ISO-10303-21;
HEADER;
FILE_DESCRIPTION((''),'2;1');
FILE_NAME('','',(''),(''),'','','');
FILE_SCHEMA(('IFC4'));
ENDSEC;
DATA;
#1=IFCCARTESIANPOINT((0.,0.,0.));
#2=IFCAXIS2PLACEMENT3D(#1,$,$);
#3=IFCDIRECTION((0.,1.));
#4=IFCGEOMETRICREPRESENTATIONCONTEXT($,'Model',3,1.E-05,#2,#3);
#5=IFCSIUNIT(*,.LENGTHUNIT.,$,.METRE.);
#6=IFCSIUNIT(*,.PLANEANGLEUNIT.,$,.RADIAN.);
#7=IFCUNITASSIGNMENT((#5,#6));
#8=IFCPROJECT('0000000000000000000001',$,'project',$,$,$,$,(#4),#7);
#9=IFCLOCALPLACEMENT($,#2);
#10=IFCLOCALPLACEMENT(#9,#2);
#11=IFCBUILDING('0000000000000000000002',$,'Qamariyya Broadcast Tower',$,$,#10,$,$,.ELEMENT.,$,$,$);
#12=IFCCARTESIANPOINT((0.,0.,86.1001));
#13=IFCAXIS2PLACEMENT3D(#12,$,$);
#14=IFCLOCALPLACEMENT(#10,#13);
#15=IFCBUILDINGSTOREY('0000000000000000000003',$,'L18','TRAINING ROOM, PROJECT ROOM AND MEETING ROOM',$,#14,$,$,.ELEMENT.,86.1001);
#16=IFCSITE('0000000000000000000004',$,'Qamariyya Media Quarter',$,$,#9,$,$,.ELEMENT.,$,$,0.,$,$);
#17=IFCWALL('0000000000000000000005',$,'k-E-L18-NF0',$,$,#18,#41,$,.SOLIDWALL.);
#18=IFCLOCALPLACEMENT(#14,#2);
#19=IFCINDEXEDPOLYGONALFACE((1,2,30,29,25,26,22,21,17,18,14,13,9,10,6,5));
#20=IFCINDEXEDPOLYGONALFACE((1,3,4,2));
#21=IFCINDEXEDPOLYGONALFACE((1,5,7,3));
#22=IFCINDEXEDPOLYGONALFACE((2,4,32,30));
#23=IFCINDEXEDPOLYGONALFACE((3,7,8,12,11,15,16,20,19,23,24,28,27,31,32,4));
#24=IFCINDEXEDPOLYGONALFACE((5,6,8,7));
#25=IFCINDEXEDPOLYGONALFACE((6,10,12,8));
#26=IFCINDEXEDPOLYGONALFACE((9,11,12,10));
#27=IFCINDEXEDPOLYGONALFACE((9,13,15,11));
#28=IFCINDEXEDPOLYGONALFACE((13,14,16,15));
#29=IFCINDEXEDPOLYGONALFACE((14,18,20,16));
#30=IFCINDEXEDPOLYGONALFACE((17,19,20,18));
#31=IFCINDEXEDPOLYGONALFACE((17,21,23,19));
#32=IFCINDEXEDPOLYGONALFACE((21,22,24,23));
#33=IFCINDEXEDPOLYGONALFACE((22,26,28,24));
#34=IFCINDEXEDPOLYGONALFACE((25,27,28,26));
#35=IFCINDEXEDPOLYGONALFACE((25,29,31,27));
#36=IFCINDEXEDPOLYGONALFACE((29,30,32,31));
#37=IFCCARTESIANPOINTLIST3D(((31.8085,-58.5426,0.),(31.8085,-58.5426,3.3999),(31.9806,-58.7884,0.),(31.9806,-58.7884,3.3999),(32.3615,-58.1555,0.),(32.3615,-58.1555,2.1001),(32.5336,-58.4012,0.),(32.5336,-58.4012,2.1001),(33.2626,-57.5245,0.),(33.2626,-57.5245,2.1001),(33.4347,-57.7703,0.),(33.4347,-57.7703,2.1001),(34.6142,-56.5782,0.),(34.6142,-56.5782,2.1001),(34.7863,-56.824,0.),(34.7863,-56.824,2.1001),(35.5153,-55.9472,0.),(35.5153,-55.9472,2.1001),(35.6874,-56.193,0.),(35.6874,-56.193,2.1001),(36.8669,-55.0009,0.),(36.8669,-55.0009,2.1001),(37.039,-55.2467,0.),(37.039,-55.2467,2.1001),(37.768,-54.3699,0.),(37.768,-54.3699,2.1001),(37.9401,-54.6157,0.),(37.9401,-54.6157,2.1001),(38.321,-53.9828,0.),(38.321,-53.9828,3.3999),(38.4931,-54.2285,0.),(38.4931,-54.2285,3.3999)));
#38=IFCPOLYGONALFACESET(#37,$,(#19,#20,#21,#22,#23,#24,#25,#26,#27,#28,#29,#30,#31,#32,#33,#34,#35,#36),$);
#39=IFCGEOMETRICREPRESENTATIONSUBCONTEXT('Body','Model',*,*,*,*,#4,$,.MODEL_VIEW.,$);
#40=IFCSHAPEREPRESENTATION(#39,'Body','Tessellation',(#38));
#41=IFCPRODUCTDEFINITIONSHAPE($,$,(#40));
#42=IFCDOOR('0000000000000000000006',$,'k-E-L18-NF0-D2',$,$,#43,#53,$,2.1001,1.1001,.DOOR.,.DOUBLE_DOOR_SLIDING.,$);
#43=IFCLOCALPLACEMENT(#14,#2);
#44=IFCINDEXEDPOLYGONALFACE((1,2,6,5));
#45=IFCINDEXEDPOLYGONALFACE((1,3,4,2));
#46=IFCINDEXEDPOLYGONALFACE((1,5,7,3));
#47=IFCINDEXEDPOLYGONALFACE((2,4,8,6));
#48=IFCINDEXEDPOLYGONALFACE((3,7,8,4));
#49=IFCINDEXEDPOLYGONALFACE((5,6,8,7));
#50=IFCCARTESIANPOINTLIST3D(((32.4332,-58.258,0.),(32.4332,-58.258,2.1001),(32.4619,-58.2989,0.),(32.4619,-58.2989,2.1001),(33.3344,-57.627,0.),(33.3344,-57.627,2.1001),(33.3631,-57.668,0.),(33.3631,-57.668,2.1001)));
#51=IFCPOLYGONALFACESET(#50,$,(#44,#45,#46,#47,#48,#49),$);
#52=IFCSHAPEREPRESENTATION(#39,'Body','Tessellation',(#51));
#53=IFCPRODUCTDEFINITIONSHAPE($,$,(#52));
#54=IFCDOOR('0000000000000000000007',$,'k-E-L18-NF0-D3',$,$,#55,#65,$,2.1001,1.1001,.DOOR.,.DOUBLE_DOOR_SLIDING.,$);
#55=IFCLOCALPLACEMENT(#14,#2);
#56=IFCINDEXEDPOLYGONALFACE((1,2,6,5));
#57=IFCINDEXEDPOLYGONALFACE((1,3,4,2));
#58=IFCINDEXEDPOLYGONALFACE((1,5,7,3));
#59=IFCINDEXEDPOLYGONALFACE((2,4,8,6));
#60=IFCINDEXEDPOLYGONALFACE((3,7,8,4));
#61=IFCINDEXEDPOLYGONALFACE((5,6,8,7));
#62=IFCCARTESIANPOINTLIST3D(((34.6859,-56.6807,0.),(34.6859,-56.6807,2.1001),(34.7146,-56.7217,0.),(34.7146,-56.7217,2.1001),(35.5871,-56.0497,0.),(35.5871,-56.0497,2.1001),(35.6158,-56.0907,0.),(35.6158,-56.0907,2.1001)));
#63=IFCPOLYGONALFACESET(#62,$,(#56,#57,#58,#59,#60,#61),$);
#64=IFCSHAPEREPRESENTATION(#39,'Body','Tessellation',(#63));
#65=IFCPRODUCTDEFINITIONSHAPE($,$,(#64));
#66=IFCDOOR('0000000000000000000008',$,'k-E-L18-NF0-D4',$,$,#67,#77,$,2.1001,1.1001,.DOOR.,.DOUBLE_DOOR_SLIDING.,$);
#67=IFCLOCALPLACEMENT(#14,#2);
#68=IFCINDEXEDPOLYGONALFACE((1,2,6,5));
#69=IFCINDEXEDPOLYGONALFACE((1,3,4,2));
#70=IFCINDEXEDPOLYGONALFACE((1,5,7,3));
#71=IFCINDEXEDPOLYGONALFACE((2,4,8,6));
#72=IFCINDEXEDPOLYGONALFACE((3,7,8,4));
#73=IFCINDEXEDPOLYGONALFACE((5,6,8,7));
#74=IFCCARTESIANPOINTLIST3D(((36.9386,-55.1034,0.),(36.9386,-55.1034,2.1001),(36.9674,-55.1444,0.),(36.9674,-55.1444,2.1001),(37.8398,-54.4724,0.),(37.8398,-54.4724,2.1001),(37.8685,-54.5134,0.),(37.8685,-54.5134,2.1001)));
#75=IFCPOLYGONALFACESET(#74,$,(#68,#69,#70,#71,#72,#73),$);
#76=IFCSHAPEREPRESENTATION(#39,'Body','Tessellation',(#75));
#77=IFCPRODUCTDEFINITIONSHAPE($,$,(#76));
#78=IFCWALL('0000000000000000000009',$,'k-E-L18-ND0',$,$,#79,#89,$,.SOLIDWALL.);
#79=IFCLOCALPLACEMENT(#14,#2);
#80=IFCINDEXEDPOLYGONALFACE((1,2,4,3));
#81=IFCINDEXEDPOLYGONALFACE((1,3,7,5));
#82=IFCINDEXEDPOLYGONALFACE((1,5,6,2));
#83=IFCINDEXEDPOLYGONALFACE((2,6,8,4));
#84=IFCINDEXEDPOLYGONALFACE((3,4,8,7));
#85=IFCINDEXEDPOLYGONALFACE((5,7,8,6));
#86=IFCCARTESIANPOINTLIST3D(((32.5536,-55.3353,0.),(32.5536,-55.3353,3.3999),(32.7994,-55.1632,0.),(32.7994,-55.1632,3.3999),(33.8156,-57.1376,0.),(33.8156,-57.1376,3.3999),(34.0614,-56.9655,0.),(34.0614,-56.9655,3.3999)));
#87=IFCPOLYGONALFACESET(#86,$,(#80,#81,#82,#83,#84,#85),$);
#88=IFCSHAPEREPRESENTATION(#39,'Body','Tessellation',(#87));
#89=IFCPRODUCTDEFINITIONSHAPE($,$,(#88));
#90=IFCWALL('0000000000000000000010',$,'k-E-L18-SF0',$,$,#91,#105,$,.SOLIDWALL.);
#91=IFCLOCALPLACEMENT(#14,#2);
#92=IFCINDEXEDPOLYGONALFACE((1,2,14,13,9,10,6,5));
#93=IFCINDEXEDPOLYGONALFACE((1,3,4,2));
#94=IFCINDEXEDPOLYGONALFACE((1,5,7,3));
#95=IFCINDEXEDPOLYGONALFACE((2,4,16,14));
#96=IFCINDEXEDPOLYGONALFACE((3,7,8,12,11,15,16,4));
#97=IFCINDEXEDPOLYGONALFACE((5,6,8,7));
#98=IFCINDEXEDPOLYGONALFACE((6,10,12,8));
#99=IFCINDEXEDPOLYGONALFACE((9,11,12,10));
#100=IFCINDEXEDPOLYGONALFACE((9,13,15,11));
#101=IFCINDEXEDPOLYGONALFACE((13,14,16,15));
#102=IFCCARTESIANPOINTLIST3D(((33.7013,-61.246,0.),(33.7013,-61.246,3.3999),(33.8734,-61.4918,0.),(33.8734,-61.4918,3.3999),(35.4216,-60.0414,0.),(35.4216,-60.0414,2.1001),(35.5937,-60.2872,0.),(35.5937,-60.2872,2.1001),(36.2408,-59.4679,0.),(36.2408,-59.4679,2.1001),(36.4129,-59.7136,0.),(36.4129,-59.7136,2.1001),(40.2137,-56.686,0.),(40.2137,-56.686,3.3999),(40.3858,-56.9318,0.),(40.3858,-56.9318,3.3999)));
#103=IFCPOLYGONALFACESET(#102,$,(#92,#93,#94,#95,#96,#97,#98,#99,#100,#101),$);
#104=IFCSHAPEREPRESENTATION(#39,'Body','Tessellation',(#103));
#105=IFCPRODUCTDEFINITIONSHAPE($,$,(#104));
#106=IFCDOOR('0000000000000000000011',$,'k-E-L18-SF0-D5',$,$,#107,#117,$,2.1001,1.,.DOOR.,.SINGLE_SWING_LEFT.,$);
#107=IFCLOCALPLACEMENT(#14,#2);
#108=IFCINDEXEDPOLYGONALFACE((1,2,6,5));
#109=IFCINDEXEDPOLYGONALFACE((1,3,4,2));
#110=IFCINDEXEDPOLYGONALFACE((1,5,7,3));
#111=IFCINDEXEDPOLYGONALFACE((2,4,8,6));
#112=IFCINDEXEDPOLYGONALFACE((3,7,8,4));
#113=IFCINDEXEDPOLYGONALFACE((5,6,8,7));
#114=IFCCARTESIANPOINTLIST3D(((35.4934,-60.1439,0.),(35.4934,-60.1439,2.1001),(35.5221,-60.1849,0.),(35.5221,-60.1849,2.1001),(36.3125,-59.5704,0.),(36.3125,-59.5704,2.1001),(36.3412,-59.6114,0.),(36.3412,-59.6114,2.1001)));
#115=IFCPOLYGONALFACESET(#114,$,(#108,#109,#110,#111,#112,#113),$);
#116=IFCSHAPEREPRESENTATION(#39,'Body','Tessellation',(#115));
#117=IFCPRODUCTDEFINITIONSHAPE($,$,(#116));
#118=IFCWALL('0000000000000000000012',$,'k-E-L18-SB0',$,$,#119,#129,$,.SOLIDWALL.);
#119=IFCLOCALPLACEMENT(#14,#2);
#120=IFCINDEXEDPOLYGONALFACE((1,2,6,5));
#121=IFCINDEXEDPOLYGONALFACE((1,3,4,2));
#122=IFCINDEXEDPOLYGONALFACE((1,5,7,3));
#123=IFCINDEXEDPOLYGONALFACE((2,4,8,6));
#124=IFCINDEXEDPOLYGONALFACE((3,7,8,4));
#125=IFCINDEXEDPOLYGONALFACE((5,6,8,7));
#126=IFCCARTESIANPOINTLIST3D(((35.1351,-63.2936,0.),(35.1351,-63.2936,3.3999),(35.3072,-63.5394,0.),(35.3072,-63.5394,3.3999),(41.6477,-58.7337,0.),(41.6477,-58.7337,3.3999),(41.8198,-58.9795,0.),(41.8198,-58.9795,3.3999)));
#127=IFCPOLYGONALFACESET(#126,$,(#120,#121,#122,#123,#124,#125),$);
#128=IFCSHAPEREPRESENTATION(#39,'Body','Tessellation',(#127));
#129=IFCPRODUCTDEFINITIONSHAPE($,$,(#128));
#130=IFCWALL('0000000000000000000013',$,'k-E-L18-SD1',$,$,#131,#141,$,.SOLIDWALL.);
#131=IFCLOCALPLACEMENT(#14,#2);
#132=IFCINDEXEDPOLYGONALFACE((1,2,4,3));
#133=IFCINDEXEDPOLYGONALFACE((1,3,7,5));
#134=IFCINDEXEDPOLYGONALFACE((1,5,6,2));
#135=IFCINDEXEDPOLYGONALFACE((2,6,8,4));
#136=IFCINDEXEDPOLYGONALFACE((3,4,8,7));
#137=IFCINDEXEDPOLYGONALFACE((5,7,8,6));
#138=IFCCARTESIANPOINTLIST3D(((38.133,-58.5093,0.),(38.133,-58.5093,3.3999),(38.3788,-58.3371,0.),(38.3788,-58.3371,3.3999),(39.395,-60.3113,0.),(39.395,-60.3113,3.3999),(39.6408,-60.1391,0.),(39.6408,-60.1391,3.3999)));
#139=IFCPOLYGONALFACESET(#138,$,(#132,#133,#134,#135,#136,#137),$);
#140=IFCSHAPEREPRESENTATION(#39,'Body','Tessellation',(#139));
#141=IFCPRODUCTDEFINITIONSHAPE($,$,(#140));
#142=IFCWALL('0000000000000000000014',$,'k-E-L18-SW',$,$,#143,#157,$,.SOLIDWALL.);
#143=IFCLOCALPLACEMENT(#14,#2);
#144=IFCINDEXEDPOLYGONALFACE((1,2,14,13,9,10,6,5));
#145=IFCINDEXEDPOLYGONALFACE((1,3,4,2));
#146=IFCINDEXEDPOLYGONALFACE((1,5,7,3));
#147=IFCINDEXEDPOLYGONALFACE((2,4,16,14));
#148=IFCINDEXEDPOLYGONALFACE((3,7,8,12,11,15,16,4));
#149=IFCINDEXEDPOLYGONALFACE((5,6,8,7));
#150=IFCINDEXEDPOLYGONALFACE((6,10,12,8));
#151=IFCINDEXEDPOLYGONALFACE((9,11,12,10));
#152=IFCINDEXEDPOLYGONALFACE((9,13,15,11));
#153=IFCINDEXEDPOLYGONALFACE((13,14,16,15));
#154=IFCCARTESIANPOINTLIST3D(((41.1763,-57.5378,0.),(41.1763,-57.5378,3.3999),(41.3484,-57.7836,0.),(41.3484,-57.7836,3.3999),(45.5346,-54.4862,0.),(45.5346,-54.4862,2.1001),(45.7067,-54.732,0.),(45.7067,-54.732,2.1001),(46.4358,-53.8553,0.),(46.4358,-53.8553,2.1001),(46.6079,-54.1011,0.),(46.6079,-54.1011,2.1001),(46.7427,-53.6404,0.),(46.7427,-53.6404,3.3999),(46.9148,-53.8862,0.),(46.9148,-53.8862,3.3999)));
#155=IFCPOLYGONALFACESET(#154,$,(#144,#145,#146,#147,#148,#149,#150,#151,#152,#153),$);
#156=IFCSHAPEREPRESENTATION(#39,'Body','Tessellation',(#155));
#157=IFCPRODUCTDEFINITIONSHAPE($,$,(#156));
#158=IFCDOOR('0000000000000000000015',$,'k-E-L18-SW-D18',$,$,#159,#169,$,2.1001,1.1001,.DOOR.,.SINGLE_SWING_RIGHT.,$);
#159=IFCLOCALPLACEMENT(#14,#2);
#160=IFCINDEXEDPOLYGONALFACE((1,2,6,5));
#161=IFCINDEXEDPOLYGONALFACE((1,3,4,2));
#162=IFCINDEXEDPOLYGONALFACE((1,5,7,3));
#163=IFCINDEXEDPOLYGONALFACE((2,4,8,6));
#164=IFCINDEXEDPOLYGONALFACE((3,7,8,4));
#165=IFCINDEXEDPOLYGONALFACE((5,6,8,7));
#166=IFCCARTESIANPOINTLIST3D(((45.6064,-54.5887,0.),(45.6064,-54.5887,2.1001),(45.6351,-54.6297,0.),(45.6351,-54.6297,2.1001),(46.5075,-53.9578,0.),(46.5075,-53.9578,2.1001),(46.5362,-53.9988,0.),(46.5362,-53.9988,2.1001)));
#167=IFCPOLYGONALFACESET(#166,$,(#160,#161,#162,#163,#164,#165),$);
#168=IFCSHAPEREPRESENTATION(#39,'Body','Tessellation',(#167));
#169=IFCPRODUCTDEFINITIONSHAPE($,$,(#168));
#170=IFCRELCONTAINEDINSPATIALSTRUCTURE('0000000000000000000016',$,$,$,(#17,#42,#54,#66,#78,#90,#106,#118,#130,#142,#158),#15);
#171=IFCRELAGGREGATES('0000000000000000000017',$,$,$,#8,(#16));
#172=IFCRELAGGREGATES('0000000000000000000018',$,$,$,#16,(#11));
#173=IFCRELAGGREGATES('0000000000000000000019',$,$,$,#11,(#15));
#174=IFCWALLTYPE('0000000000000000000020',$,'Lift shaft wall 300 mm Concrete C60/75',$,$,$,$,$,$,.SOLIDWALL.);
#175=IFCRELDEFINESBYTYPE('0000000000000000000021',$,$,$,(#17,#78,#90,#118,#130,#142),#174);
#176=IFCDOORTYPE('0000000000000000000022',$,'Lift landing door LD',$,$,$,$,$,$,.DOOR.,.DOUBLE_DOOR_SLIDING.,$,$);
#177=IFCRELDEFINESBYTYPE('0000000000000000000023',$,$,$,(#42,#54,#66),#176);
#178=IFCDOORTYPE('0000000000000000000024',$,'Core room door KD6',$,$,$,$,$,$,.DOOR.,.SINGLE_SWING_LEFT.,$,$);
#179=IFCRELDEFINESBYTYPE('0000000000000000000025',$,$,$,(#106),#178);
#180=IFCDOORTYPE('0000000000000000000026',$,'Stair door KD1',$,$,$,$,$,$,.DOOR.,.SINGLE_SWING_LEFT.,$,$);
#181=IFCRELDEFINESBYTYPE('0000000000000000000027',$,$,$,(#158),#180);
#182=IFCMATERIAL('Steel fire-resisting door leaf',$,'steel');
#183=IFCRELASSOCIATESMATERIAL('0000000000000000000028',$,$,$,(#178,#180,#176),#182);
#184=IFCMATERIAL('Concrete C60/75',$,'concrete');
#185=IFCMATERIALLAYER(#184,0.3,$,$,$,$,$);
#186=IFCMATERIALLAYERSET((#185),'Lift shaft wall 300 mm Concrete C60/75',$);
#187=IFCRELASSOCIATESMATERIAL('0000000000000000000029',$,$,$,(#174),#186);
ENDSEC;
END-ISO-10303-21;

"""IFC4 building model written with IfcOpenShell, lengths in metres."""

from ifc_helpers import new_model, si_unit, direction, frame, frame_2d, origin, place, context, subcontext, project, spatial, rectangle, extrude, material, layer, layer_set, type_object, element, fill, save


model = new_model("IFC4")

# Units and contexts
model_context = context("Model", 3, precision=1e-05, world=origin(), true_north=direction((0.0, 1.0)))
body_context = subcontext(model_context, "Body", "Model", "MODEL_VIEW")
ifc_project = project(units=[si_unit("LENGTHUNIT", "METRE"), si_unit("PLANEANGLEUNIT", "RADIAN")], contexts=[model_context])

# Site, building, storey
site_placement = place(None, origin())
site = spatial("IfcSite", under=ifc_project, at=site_placement, Name="Qamariyya Media Quarter", CompositionType="ELEMENT", RefElevation=0.0)
building_placement = place(site_placement, origin())
building = spatial("IfcBuilding", under=site, at=building_placement, Name="Qamariyya Broadcast Tower", CompositionType="ELEMENT")
storey_placement = place(building_placement, frame((0.0, 0.0, 86.1001)))
storey = spatial("IfcBuildingStorey", under=building, at=storey_placement, Name="L18", Description="TRAINING ROOM, PROJECT ROOM AND MEETING ROOM", CompositionType="ELEMENT", Elevation=86.1001)

# Shared definitions
ifc_material_1 = material(Name="Steel fire-resisting door leaf", Category="steel")

# Wall, openings, doors
door_type_1 = type_object("IfcDoorType", Name="Core room door KD6", OperationType="SINGLE_SWING_LEFT", PredefinedType="DOOR", material=ifc_material_1)
door_type_2 = type_object("IfcDoorType", Name="Stair door KD1", OperationType="SINGLE_SWING_LEFT", PredefinedType="DOOR", material=ifc_material_1)
ifc_material_2 = material(Name="Concrete C60/75", Category="concrete")
ifc_layer_1 = layer(ifc_material_2, 0.3)
ifc_layer_set_1 = layer_set([ifc_layer_1], Name="Lift shaft wall 300 mm Concrete C60/75")
wall_type_1 = type_object("IfcWallType", Name="Lift shaft wall 300 mm Concrete C60/75", PredefinedType="SOLIDWALL", material=ifc_layer_set_1)
wall_1_placement = place(storey_placement, frame((31.8945, -58.6655, 0.0), z_axis=(0.0, 0.0, 1.0), x_axis=(0.819167, 0.573555, 0.0)))
wall_1 = element("IfcWall", 1, at=wall_1_placement, inside=storey, type_object=wall_type_1, Name="k-E-L18-NF0", PredefinedType="SOLIDWALL", context=body_context, shape_type="SweptSolid", body=[
    extrude(rectangle(XDim=7.9502, YDim=0.3, at=frame_2d((3.9751, 0.0))), origin(), (0.0, 0.0, 1.0), 3.3999),
])
opening_1_placement = place(wall_1_placement, frame((0.675, 0.0, 0.0)))
opening_1 = element("IfcOpeningElement", 2, at=opening_1_placement, cuts=wall_1, PredefinedType="OPENING", context=body_context, shape_type="SweptSolid", body=[
    extrude(rectangle(XDim=1.1001, YDim=2.1001, at=frame_2d((0.55, 1.05))), frame((0.0, 0.1599, 0.0), z_axis=(0.0, -1.0, 0.0), x_axis=(1.0, 0.0, 0.0)), (0.0, 0.0, 1.0), 0.3201),
])
opening_2_placement = place(wall_1_placement, frame((3.425, 0.0, 0.0)))
opening_2 = element("IfcOpeningElement", 3, at=opening_2_placement, cuts=wall_1, PredefinedType="OPENING", context=body_context, shape_type="SweptSolid", body=[
    extrude(rectangle(XDim=1.1001, YDim=2.1001, at=frame_2d((0.55, 1.05))), frame((0.0, 0.1599, 0.0), z_axis=(0.0, -1.0, 0.0), x_axis=(1.0, 0.0, 0.0)), (0.0, 0.0, 1.0), 0.3201),
])
opening_3_placement = place(wall_1_placement, frame((6.175, 0.0, 0.0)))
opening_3 = element("IfcOpeningElement", 4, at=opening_3_placement, cuts=wall_1, PredefinedType="OPENING", context=body_context, shape_type="SweptSolid", body=[
    extrude(rectangle(XDim=1.1001, YDim=2.1001, at=frame_2d((0.55, 1.05))), frame((0.0, 0.1599, 0.0), z_axis=(0.0, -1.0, 0.0), x_axis=(1.0, 0.0, 0.0)), (0.0, 0.0, 1.0), 0.3201),
])
door_type_3 = type_object("IfcDoorType", Name="Lift landing door LD", OperationType="DOUBLE_DOOR_SLIDING", PredefinedType="DOOR", material=ifc_material_1)
door_1_placement = place(opening_1_placement, origin())
door_1 = element("IfcDoor", 5, at=door_1_placement, inside=storey, type_object=door_type_3, Name="k-E-L18-NF0-D2", OperationType="DOUBLE_DOOR_SLIDING", OverallHeight=2.1001, OverallWidth=1.1001, PredefinedType="DOOR", context=body_context, shape_type="SweptSolid", body=[
    extrude(rectangle(XDim=1.1001, YDim=2.1001, at=frame_2d((0.55, 1.05))), frame((0.0, 0.0249, 0.0), z_axis=(0.0, -1.0, 0.0), x_axis=(1.0, 0.0, 0.0)), (0.0, 0.0, 1.0), 0.05),
])
fill(opening_1, door_1)
door_2_placement = place(opening_2_placement, origin())
door_2 = element("IfcDoor", 6, at=door_2_placement, inside=storey, type_object=door_type_3, Name="k-E-L18-NF0-D3", OperationType="DOUBLE_DOOR_SLIDING", OverallHeight=2.1001, OverallWidth=1.1001, PredefinedType="DOOR", context=body_context, shape_type="SweptSolid", body=[
    extrude(rectangle(XDim=1.1001, YDim=2.1001, at=frame_2d((0.55, 1.05))), frame((0.0, 0.0249, 0.0), z_axis=(0.0, -1.0, 0.0), x_axis=(1.0, 0.0, 0.0)), (0.0, 0.0, 1.0), 0.05),
])
fill(opening_2, door_2)
door_3_placement = place(opening_3_placement, origin())
door_3 = element("IfcDoor", 7, at=door_3_placement, inside=storey, type_object=door_type_3, Name="k-E-L18-NF0-D4", OperationType="DOUBLE_DOOR_SLIDING", OverallHeight=2.1001, OverallWidth=1.1001, PredefinedType="DOOR", context=body_context, shape_type="SweptSolid", body=[
    extrude(rectangle(XDim=1.1001, YDim=2.1001, at=frame_2d((0.55, 1.05))), frame((0.0, 0.0249, 0.0), z_axis=(0.0, -1.0, 0.0), x_axis=(1.0, 0.0, 0.0)), (0.0, 0.0, 1.0), 0.05),
])
fill(opening_3, door_3)

# Wall
wall_2_placement = place(storey_placement, frame((33.9385, -57.0515, 0.0), z_axis=(0.0, 0.0, 1.0), x_axis=(-0.573581, 0.819149, 0.0)))
element("IfcWall", 8, at=wall_2_placement, inside=storey, type_object=wall_type_1, Name="k-E-L18-ND0", PredefinedType="SOLIDWALL", context=body_context, shape_type="SweptSolid", body=[
    extrude(rectangle(XDim=2.2002, YDim=0.3, at=frame_2d((1.1001, 0.0))), origin(), (0.0, 0.0, 1.0), 3.3999),
])

# Wall, opening, door
wall_3_placement = place(storey_placement, frame((33.7874, -61.3689, 0.0), z_axis=(0.0, 0.0, 1.0), x_axis=(0.819153, 0.573576, 0.0)))
wall_3 = element("IfcWall", 9, at=wall_3_placement, inside=storey, type_object=wall_type_1, Name="k-E-L18-SF0", PredefinedType="SOLIDWALL", context=body_context, shape_type="SweptSolid", body=[
    extrude(rectangle(XDim=7.9502, YDim=0.3, at=frame_2d((3.9751, 0.0))), origin(), (0.0, 0.0, 1.0), 3.3999),
])
opening_4_placement = place(wall_3_placement, frame((2.1001, 0.0, 0.0)))
opening_4 = element("IfcOpeningElement", 10, at=opening_4_placement, cuts=wall_3, PredefinedType="OPENING", context=body_context, shape_type="SweptSolid", body=[
    extrude(rectangle(XDim=1.0, YDim=2.1001, at=frame_2d((0.5, 1.05))), frame((0.0, 0.1599, 0.0), z_axis=(0.0, -1.0, 0.0), x_axis=(1.0, 0.0, 0.0)), (0.0, 0.0, 1.0), 0.3201),
])
door_4_placement = place(opening_4_placement, origin())
door_4 = element("IfcDoor", 11, at=door_4_placement, inside=storey, type_object=door_type_1, Name="k-E-L18-SF0-D5", OperationType="SINGLE_SWING_LEFT", OverallHeight=2.1001, OverallWidth=1.0, PredefinedType="DOOR", context=body_context, shape_type="SweptSolid", body=[
    extrude(rectangle(XDim=1.0, YDim=2.1001, at=frame_2d((0.5, 1.05))), frame((0.0, 0.0249, 0.0), z_axis=(0.0, -1.0, 0.0), x_axis=(1.0, 0.0, 0.0)), (0.0, 0.0, 1.0), 0.05),
])
fill(opening_4, door_4)

# Walls
wall_4_placement = place(storey_placement, frame((35.2212, -63.4165, 0.0), z_axis=(0.0, 0.0, 1.0), x_axis=(0.819167, 0.573555, 0.0)))
element("IfcWall", 12, at=wall_4_placement, inside=storey, type_object=wall_type_1, Name="k-E-L18-SB0", PredefinedType="SOLIDWALL", context=body_context, shape_type="SweptSolid", body=[
    extrude(rectangle(XDim=7.9502, YDim=0.3, at=frame_2d((3.9751, 0.0))), origin(), (0.0, 0.0, 1.0), 3.3999),
])
wall_5_placement = place(storey_placement, frame((38.2559, -58.4231, 0.0), z_axis=(0.0, 0.0, 1.0), x_axis=(0.573634, -0.819112, 0.0)))
element("IfcWall", 13, at=wall_5_placement, inside=storey, type_object=wall_type_1, Name="k-E-L18-SD1", PredefinedType="SOLIDWALL", context=body_context, shape_type="SweptSolid", body=[
    extrude(rectangle(XDim=2.2, YDim=0.3, at=frame_2d((1.1001, 0.0))), origin(), (0.0, 0.0, 1.0), 3.3999),
])

# Wall, opening, door
wall_6_placement = place(storey_placement, frame((41.2625, -57.6606, 0.0), z_axis=(0.0, 0.0, 1.0), x_axis=(0.819164, 0.573559, 0.0)))
wall_6 = element("IfcWall", 14, at=wall_6_placement, inside=storey, type_object=wall_type_1, Name="k-E-L18-SW", PredefinedType="SOLIDWALL", context=body_context, shape_type="SweptSolid", body=[
    extrude(rectangle(XDim=6.7952, YDim=0.3, at=frame_2d((3.3975, 0.0))), origin(), (0.0, 0.0, 1.0), 3.3999),
])
opening_5_placement = place(wall_6_placement, frame((5.3203, 0.0, 0.0)))
opening_5 = element("IfcOpeningElement", 15, at=opening_5_placement, cuts=wall_6, PredefinedType="OPENING", context=body_context, shape_type="SweptSolid", body=[
    extrude(rectangle(XDim=1.1001, YDim=2.1001, at=frame_2d((0.55, 1.05))), frame((0.0, 0.1599, 0.0), z_axis=(0.0, -1.0, 0.0), x_axis=(1.0, 0.0, 0.0)), (0.0, 0.0, 1.0), 0.3201),
])
door_5_placement = place(opening_5_placement, origin())
door_5 = element("IfcDoor", 16, at=door_5_placement, inside=storey, type_object=door_type_2, Name="k-E-L18-SW-D18", OperationType="SINGLE_SWING_RIGHT", OverallHeight=2.1001, OverallWidth=1.1001, PredefinedType="DOOR", context=body_context, shape_type="SweptSolid", body=[
    extrude(rectangle(XDim=1.1001, YDim=2.1001, at=frame_2d((0.55, 1.05))), frame((0.0, 0.0249, 0.0), z_axis=(0.0, -1.0, 0.0), x_axis=(1.0, 0.0, 0.0)), (0.0, 0.0, 1.0), 0.05),
])
fill(opening_5, door_5)

save(model, "model.ifc")
